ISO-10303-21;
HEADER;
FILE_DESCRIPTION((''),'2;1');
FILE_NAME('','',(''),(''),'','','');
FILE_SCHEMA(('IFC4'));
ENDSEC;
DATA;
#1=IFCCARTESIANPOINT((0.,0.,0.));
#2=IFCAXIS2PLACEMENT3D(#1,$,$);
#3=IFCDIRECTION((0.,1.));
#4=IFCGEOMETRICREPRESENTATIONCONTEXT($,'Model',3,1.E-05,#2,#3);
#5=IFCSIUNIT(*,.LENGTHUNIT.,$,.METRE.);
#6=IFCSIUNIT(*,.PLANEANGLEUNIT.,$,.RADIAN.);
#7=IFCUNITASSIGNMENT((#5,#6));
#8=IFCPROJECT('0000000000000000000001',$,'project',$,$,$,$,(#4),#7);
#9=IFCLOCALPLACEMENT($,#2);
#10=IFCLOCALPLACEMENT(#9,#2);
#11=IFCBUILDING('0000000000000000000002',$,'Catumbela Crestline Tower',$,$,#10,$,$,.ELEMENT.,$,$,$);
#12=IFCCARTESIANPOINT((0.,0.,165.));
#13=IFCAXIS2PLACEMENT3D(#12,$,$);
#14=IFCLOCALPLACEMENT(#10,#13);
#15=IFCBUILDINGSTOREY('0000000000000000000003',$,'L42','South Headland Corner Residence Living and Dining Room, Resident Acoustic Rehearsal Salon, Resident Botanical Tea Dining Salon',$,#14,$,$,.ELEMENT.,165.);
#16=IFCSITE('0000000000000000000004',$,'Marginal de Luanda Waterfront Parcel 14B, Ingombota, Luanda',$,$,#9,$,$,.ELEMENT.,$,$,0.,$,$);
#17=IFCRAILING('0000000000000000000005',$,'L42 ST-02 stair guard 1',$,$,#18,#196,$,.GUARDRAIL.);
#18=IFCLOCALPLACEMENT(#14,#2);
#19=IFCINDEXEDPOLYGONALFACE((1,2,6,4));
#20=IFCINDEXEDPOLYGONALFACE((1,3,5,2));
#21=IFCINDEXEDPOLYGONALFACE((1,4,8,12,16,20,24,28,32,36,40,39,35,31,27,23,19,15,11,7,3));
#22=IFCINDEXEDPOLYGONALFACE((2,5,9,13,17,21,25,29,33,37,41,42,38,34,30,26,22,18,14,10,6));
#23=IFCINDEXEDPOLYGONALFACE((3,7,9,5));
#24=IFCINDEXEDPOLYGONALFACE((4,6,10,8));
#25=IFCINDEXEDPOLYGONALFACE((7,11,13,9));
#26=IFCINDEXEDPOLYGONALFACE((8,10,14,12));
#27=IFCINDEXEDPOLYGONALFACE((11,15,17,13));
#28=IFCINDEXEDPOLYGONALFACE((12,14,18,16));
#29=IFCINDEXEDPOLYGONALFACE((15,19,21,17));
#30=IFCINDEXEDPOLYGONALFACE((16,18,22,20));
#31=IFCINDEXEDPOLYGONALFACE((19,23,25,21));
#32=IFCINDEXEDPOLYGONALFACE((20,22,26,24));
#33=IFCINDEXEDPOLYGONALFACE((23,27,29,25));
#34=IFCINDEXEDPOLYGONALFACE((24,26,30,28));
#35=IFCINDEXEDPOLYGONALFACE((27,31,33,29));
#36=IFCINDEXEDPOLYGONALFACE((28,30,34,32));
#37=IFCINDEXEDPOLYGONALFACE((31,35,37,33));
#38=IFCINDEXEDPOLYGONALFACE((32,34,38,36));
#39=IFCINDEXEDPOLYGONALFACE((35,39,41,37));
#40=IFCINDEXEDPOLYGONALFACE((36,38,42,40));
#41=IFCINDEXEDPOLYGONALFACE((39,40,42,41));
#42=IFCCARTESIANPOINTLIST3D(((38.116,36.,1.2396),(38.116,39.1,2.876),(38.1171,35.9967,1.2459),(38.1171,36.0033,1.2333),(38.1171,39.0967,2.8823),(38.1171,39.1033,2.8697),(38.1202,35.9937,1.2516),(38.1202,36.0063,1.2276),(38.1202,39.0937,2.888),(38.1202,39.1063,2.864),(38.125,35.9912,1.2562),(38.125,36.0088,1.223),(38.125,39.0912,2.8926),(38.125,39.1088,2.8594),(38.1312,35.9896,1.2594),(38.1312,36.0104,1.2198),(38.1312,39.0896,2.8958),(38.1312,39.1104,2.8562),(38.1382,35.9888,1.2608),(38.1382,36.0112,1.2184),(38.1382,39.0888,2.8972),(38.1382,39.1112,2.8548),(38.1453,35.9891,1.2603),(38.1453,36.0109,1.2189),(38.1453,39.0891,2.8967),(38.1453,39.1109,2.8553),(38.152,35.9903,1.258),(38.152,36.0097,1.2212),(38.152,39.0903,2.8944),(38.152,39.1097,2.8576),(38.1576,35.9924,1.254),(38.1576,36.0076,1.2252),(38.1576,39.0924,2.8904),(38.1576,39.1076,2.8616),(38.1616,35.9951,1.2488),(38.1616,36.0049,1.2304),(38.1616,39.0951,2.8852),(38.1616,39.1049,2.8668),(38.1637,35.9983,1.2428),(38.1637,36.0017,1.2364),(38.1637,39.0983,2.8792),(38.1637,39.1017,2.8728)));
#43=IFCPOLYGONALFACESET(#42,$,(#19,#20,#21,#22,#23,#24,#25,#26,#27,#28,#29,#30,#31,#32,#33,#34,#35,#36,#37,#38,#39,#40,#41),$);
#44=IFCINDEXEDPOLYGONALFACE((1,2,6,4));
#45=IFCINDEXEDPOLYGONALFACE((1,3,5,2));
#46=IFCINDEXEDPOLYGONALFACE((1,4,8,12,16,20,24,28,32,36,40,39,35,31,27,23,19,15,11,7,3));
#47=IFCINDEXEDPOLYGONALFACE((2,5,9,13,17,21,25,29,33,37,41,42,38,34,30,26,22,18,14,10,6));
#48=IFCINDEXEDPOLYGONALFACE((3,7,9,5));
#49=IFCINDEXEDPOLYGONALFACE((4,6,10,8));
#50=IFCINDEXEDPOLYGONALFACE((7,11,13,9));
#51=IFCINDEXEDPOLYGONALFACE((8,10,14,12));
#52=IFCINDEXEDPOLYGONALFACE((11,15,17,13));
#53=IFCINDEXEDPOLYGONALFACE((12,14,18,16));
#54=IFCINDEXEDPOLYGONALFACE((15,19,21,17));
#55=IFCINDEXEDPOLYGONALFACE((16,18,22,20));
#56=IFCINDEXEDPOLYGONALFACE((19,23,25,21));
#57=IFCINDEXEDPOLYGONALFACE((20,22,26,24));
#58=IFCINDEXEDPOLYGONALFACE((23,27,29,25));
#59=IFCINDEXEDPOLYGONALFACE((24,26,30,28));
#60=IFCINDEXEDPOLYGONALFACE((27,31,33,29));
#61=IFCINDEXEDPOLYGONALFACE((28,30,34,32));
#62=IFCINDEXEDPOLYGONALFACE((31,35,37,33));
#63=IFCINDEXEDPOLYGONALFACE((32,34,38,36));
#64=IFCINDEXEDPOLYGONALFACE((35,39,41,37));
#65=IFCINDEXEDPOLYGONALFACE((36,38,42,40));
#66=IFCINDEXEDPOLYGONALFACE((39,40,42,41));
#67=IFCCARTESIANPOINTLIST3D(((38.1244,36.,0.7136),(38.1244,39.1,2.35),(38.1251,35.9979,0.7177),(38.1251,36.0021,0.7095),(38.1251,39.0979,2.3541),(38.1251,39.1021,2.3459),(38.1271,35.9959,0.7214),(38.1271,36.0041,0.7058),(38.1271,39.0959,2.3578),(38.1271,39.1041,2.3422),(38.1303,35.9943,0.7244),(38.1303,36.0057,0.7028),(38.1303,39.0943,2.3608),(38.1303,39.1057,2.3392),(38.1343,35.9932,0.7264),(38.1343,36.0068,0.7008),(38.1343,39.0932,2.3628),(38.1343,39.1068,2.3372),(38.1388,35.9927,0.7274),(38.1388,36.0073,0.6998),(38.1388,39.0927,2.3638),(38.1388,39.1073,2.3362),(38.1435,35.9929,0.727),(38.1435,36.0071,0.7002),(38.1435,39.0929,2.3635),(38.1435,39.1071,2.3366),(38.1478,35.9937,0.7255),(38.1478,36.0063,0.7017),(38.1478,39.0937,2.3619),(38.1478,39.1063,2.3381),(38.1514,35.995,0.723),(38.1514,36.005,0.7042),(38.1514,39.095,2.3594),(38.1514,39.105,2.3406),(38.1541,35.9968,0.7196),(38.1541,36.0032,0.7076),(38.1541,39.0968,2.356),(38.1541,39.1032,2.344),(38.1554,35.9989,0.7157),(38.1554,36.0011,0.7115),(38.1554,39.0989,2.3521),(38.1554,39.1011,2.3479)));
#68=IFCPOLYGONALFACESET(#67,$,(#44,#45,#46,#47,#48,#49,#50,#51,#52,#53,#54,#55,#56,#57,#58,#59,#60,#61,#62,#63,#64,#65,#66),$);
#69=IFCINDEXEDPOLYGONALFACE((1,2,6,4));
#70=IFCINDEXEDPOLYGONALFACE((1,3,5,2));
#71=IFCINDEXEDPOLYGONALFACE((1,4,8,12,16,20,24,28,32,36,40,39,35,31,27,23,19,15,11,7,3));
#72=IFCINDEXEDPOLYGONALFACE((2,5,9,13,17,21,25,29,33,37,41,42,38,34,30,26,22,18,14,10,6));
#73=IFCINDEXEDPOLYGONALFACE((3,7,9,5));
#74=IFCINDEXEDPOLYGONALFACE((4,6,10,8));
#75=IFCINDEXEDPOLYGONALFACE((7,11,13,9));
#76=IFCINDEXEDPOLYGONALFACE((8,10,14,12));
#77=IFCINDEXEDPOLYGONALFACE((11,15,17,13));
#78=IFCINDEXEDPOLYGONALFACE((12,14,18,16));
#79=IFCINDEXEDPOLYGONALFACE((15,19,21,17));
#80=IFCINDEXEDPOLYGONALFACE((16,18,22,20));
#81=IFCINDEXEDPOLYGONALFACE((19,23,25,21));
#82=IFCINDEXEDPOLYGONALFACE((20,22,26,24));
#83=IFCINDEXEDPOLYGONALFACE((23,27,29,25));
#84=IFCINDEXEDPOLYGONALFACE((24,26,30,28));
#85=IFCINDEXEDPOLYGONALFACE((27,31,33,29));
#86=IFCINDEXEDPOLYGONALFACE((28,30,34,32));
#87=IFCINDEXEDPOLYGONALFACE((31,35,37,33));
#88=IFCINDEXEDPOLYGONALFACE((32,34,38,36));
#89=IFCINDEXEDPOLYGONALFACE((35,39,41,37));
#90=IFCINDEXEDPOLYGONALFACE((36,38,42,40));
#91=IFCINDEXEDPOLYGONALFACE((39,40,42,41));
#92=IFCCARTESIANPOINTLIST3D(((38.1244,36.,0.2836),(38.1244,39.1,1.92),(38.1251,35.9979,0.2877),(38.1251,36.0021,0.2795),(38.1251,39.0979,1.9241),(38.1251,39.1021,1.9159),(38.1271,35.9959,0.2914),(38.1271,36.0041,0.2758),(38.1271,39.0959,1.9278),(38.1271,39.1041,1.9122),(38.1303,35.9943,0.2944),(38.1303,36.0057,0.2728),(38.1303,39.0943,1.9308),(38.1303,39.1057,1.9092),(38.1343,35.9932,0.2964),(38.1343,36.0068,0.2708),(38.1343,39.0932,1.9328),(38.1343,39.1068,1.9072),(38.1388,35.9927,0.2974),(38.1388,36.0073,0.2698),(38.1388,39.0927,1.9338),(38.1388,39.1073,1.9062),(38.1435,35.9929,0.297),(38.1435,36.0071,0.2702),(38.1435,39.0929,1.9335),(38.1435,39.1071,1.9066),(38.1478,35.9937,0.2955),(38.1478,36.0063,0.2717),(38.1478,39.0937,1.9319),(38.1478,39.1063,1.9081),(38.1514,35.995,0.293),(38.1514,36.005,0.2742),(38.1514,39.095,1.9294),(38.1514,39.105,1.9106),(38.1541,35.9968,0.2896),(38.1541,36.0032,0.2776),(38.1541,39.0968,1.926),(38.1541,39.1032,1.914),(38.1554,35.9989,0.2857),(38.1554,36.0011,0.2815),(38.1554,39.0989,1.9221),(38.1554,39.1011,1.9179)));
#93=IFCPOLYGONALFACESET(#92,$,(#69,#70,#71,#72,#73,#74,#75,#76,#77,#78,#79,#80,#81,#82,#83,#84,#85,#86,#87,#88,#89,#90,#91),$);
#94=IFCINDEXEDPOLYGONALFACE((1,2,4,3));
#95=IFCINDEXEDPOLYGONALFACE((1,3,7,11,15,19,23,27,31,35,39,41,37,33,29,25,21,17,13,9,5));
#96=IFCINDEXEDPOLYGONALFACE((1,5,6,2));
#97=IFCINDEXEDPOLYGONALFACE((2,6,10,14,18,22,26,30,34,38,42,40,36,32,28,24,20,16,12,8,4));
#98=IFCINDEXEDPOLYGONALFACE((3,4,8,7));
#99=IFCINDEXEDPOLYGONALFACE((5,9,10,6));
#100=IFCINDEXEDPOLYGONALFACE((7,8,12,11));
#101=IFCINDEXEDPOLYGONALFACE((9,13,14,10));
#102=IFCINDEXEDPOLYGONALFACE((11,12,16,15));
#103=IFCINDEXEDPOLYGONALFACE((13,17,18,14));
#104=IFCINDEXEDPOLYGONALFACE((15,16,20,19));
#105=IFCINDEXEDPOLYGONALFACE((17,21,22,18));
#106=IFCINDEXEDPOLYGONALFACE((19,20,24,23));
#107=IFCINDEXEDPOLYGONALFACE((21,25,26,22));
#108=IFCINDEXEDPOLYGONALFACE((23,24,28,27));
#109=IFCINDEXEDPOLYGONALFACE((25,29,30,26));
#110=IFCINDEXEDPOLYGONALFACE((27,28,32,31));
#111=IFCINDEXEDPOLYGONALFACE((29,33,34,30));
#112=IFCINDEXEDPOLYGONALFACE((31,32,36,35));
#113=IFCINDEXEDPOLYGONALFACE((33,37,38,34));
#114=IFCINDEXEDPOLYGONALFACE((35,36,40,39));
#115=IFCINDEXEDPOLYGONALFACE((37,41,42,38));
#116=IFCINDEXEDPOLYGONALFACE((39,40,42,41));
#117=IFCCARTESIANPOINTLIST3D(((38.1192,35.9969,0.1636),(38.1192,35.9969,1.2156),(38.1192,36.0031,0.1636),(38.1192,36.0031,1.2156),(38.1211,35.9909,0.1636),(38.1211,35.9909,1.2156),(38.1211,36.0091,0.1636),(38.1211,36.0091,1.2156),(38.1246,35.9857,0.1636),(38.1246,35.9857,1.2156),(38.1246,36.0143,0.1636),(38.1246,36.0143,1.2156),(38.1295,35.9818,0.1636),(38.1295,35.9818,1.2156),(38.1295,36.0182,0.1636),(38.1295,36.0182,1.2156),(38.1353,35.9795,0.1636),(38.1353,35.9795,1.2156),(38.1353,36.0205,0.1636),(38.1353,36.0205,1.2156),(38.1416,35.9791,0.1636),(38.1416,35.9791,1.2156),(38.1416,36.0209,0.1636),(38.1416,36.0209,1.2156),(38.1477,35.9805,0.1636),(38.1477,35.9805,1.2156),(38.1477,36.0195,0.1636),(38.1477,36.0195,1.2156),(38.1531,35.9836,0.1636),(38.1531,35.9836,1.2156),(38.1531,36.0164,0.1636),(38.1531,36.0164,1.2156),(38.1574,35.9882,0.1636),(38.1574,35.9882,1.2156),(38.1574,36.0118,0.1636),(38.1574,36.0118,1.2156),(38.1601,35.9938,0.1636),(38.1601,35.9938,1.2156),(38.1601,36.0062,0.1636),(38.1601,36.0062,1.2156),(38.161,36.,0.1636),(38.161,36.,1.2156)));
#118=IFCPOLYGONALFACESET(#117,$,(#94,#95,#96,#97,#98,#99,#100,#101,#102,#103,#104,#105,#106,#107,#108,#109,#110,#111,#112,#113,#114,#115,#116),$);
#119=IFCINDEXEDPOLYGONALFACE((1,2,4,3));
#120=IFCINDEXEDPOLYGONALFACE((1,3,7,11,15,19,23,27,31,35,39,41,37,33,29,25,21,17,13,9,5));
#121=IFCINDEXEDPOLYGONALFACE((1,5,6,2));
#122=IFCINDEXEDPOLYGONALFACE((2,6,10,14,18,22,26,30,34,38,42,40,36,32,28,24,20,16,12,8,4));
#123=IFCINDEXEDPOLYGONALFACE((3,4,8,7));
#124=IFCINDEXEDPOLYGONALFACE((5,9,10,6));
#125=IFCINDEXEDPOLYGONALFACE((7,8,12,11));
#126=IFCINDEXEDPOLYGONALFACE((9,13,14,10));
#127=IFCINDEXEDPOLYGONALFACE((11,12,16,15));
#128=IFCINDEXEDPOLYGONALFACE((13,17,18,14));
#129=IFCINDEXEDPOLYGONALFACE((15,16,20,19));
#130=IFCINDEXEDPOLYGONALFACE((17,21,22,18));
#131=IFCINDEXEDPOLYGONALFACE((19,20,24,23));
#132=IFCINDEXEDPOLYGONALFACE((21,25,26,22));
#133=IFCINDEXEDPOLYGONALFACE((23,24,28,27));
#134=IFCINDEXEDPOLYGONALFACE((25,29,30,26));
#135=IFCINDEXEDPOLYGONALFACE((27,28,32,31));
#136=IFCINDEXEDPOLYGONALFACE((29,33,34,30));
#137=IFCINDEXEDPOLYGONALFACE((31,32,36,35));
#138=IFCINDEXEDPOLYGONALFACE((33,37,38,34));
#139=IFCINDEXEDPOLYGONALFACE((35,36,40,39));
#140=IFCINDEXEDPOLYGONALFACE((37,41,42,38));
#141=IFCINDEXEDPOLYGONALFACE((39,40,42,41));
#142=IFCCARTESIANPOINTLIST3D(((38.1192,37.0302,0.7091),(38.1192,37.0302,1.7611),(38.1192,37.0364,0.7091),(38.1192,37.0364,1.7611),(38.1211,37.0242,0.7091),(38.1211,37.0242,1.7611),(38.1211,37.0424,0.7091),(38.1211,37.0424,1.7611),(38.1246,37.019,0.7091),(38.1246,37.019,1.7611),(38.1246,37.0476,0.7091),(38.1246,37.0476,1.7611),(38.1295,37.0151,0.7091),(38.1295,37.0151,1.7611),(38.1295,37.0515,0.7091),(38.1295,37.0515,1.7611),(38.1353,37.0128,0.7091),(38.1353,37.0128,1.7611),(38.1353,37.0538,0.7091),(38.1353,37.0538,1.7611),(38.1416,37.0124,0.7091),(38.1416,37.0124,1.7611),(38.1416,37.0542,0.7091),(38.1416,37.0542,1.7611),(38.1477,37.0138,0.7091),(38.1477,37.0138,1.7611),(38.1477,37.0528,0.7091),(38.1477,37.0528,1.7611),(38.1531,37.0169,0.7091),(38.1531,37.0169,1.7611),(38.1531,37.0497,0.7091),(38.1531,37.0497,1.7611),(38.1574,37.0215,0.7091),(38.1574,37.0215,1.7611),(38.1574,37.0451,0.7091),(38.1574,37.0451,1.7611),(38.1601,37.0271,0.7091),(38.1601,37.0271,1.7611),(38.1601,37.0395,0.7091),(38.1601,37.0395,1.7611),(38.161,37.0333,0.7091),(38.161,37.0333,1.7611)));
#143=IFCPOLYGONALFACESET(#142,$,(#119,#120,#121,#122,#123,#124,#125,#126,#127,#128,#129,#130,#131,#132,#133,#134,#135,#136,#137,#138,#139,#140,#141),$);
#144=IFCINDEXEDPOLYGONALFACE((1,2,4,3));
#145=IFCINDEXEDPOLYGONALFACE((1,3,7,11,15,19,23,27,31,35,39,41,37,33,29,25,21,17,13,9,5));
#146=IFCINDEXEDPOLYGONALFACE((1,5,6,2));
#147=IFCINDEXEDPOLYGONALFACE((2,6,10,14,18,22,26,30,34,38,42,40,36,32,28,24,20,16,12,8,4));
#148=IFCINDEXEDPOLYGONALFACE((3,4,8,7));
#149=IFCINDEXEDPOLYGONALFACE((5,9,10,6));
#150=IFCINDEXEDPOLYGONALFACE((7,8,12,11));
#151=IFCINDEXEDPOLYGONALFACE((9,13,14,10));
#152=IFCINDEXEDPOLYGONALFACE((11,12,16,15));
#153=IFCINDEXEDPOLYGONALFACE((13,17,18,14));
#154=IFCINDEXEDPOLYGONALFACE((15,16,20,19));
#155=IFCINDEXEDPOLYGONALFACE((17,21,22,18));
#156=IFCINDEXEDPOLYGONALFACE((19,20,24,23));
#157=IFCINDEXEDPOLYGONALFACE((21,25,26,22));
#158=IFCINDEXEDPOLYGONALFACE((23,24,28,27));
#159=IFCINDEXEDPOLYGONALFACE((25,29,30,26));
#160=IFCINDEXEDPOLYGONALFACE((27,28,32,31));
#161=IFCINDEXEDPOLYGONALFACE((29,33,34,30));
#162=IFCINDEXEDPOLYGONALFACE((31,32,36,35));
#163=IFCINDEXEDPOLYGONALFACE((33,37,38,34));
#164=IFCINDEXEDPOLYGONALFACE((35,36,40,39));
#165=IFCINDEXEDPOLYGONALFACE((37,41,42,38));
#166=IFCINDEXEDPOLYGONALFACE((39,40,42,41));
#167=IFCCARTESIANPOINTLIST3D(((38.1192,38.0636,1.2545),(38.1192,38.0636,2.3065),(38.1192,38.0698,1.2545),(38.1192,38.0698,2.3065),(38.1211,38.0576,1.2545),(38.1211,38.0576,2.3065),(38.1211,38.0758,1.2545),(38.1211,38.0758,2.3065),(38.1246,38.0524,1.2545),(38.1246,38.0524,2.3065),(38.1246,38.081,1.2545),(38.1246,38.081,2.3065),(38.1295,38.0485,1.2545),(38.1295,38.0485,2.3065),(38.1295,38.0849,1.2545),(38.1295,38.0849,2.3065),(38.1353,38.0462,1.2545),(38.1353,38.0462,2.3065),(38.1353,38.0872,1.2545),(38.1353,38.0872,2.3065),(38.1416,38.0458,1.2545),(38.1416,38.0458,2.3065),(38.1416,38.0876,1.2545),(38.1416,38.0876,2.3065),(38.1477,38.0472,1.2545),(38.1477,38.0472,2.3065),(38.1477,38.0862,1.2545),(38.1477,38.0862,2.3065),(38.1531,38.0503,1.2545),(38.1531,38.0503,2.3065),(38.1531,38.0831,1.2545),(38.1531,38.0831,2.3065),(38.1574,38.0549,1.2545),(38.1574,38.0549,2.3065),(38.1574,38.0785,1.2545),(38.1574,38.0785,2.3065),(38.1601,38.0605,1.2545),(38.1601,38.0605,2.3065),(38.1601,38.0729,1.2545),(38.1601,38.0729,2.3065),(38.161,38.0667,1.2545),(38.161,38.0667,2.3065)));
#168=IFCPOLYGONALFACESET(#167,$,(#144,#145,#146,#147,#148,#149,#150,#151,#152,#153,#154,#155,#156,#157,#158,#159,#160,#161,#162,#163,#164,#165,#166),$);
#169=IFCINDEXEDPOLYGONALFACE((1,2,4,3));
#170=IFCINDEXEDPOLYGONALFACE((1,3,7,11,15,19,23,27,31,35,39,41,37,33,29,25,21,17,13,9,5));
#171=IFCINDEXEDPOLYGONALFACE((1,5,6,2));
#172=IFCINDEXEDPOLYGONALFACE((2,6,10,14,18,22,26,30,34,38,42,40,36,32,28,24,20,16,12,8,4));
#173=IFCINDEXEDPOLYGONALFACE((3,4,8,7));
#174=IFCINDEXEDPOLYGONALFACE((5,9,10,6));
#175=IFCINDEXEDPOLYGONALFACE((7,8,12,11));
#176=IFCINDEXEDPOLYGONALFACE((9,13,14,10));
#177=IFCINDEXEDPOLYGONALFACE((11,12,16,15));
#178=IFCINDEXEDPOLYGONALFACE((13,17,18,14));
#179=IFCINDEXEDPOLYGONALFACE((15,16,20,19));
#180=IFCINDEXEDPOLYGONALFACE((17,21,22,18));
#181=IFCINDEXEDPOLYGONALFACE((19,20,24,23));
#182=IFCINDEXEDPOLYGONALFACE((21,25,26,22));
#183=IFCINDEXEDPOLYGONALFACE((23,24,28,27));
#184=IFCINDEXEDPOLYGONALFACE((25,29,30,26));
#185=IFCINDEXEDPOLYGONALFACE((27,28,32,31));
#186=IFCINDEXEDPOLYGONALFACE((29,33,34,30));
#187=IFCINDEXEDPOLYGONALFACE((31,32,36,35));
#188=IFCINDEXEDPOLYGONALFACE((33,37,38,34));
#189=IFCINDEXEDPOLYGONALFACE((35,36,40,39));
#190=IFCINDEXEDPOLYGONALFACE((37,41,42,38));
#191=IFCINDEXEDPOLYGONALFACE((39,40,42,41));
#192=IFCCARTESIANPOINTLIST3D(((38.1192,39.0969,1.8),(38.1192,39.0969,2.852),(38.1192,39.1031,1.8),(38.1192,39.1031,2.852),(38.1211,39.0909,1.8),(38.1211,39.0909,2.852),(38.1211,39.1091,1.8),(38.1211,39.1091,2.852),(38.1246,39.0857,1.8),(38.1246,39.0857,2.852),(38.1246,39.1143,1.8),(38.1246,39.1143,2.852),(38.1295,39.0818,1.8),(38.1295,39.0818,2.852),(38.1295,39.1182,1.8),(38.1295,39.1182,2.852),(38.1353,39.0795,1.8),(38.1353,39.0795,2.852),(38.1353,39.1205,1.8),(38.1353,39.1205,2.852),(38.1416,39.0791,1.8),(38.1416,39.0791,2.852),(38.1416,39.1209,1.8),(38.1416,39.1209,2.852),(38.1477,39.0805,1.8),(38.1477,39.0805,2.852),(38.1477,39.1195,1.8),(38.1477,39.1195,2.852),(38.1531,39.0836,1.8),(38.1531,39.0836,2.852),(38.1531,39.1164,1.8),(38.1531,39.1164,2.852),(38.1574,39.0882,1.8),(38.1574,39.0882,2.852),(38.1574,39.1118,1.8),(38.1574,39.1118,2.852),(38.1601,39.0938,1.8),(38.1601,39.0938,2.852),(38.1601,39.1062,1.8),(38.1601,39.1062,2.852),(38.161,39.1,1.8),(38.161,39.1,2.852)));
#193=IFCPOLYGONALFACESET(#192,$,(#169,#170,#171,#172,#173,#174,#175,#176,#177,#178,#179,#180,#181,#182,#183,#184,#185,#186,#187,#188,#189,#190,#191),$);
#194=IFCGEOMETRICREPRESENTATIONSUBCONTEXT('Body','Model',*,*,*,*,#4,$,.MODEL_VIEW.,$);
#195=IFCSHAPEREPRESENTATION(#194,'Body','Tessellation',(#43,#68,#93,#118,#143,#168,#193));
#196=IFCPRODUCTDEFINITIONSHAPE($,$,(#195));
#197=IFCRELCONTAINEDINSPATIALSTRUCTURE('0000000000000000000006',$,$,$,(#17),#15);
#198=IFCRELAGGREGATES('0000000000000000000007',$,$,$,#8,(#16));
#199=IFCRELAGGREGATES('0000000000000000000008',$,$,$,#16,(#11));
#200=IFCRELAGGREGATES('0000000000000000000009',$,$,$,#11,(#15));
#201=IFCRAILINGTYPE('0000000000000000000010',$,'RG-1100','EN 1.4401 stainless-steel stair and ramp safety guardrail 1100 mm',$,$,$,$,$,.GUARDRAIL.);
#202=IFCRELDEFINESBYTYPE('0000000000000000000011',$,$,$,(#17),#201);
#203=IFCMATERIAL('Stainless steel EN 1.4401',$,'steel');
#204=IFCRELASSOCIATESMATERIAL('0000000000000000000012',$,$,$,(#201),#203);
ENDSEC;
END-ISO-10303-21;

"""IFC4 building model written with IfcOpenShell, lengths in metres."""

from ifc_helpers import new_model, si_unit, direction, frame, origin, origin_2d, place, context, subcontext, project, spatial, circle, extrude, material, type_object, element, save


model = new_model("IFC4")

# Units and contexts
model_context = context("Model", 3, precision=1e-05, world=origin(), true_north=direction((0.0, 1.0)))
body_context = subcontext(model_context, "Body", "Model", "MODEL_VIEW")
ifc_project = project(units=[si_unit("LENGTHUNIT", "METRE"), si_unit("PLANEANGLEUNIT", "RADIAN")], contexts=[model_context])

# Site, building, storey
site_placement = place(None, origin())
site = spatial("IfcSite", under=ifc_project, at=site_placement, Name="Marginal de Luanda Waterfront Parcel 14B, Ingombota, Luanda", CompositionType="ELEMENT", RefElevation=0.0)
building_placement = place(site_placement, origin())
building = spatial("IfcBuilding", under=site, at=building_placement, Name="Catumbela Crestline Tower", CompositionType="ELEMENT")
storey_placement = place(building_placement, frame((0.0, 0.0, 165.0)))
storey = spatial("IfcBuildingStorey", under=building, at=storey_placement, Name="L42", Description="South Headland Corner Residence Living and Dining Room, Resident Acoustic Rehearsal Salon, Resident Botanical Tea Dining Salon", CompositionType="ELEMENT", Elevation=165.0)

# Shared definitions
ifc_material_1 = material(Name="Stainless steel EN 1.4401", Category="steel")

# Railing
railing_type_1 = type_object("IfcRailingType", Name="RG-1100", Description="EN 1.4401 stainless-steel stair and ramp safety guardrail 1100 mm", PredefinedType="GUARDRAIL", material=ifc_material_1)
railing_1_placement = place(storey_placement, frame((38.14, 36.0, 0.1636)))
element("IfcRailing", 1, at=railing_1_placement, inside=storey, type_object=railing_type_1, Name="L42 ST-02 stair guard 1", PredefinedType="GUARDRAIL", context=body_context, shape_type="SweptSolid", body=[
    extrude(circle(Radius=0.024, at=origin_2d()), frame((0.0, 0.0, 1.076), z_axis=(0.0, 0.884351, 0.466823), x_axis=(-1.0, 0.0, 0.0)), (0.0, 0.0, 1.0), 3.5054),
    extrude(circle(Radius=0.0156, at=origin_2d()), frame((0.0, 0.0, 0.55), z_axis=(0.0, 0.884351, 0.466823), x_axis=(-1.0, 0.0, 0.0)), (0.0, 0.0, 1.0), 3.5054),
    extrude(circle(Radius=0.0156, at=origin_2d()), frame((0.0, 0.0, 0.12), z_axis=(0.0, 0.884351, 0.466823), x_axis=(-1.0, 0.0, 0.0)), (0.0, 0.0, 1.0), 3.5054),
    extrude(circle(Radius=0.021, at=origin_2d()), origin(), (0.0, 0.0, 1.0), 1.052),
    extrude(circle(Radius=0.021, at=origin_2d()), frame((0.0, 1.0333, 0.5455)), (0.0, 0.0, 1.0), 1.052),
    extrude(circle(Radius=0.021, at=origin_2d()), frame((0.0, 2.0667, 1.0909)), (0.0, 0.0, 1.0), 1.052),
    extrude(circle(Radius=0.021, at=origin_2d()), frame((0.0, 3.1, 1.6364)), (0.0, 0.0, 1.0), 1.052),
])

save(model, "model.ifc")
